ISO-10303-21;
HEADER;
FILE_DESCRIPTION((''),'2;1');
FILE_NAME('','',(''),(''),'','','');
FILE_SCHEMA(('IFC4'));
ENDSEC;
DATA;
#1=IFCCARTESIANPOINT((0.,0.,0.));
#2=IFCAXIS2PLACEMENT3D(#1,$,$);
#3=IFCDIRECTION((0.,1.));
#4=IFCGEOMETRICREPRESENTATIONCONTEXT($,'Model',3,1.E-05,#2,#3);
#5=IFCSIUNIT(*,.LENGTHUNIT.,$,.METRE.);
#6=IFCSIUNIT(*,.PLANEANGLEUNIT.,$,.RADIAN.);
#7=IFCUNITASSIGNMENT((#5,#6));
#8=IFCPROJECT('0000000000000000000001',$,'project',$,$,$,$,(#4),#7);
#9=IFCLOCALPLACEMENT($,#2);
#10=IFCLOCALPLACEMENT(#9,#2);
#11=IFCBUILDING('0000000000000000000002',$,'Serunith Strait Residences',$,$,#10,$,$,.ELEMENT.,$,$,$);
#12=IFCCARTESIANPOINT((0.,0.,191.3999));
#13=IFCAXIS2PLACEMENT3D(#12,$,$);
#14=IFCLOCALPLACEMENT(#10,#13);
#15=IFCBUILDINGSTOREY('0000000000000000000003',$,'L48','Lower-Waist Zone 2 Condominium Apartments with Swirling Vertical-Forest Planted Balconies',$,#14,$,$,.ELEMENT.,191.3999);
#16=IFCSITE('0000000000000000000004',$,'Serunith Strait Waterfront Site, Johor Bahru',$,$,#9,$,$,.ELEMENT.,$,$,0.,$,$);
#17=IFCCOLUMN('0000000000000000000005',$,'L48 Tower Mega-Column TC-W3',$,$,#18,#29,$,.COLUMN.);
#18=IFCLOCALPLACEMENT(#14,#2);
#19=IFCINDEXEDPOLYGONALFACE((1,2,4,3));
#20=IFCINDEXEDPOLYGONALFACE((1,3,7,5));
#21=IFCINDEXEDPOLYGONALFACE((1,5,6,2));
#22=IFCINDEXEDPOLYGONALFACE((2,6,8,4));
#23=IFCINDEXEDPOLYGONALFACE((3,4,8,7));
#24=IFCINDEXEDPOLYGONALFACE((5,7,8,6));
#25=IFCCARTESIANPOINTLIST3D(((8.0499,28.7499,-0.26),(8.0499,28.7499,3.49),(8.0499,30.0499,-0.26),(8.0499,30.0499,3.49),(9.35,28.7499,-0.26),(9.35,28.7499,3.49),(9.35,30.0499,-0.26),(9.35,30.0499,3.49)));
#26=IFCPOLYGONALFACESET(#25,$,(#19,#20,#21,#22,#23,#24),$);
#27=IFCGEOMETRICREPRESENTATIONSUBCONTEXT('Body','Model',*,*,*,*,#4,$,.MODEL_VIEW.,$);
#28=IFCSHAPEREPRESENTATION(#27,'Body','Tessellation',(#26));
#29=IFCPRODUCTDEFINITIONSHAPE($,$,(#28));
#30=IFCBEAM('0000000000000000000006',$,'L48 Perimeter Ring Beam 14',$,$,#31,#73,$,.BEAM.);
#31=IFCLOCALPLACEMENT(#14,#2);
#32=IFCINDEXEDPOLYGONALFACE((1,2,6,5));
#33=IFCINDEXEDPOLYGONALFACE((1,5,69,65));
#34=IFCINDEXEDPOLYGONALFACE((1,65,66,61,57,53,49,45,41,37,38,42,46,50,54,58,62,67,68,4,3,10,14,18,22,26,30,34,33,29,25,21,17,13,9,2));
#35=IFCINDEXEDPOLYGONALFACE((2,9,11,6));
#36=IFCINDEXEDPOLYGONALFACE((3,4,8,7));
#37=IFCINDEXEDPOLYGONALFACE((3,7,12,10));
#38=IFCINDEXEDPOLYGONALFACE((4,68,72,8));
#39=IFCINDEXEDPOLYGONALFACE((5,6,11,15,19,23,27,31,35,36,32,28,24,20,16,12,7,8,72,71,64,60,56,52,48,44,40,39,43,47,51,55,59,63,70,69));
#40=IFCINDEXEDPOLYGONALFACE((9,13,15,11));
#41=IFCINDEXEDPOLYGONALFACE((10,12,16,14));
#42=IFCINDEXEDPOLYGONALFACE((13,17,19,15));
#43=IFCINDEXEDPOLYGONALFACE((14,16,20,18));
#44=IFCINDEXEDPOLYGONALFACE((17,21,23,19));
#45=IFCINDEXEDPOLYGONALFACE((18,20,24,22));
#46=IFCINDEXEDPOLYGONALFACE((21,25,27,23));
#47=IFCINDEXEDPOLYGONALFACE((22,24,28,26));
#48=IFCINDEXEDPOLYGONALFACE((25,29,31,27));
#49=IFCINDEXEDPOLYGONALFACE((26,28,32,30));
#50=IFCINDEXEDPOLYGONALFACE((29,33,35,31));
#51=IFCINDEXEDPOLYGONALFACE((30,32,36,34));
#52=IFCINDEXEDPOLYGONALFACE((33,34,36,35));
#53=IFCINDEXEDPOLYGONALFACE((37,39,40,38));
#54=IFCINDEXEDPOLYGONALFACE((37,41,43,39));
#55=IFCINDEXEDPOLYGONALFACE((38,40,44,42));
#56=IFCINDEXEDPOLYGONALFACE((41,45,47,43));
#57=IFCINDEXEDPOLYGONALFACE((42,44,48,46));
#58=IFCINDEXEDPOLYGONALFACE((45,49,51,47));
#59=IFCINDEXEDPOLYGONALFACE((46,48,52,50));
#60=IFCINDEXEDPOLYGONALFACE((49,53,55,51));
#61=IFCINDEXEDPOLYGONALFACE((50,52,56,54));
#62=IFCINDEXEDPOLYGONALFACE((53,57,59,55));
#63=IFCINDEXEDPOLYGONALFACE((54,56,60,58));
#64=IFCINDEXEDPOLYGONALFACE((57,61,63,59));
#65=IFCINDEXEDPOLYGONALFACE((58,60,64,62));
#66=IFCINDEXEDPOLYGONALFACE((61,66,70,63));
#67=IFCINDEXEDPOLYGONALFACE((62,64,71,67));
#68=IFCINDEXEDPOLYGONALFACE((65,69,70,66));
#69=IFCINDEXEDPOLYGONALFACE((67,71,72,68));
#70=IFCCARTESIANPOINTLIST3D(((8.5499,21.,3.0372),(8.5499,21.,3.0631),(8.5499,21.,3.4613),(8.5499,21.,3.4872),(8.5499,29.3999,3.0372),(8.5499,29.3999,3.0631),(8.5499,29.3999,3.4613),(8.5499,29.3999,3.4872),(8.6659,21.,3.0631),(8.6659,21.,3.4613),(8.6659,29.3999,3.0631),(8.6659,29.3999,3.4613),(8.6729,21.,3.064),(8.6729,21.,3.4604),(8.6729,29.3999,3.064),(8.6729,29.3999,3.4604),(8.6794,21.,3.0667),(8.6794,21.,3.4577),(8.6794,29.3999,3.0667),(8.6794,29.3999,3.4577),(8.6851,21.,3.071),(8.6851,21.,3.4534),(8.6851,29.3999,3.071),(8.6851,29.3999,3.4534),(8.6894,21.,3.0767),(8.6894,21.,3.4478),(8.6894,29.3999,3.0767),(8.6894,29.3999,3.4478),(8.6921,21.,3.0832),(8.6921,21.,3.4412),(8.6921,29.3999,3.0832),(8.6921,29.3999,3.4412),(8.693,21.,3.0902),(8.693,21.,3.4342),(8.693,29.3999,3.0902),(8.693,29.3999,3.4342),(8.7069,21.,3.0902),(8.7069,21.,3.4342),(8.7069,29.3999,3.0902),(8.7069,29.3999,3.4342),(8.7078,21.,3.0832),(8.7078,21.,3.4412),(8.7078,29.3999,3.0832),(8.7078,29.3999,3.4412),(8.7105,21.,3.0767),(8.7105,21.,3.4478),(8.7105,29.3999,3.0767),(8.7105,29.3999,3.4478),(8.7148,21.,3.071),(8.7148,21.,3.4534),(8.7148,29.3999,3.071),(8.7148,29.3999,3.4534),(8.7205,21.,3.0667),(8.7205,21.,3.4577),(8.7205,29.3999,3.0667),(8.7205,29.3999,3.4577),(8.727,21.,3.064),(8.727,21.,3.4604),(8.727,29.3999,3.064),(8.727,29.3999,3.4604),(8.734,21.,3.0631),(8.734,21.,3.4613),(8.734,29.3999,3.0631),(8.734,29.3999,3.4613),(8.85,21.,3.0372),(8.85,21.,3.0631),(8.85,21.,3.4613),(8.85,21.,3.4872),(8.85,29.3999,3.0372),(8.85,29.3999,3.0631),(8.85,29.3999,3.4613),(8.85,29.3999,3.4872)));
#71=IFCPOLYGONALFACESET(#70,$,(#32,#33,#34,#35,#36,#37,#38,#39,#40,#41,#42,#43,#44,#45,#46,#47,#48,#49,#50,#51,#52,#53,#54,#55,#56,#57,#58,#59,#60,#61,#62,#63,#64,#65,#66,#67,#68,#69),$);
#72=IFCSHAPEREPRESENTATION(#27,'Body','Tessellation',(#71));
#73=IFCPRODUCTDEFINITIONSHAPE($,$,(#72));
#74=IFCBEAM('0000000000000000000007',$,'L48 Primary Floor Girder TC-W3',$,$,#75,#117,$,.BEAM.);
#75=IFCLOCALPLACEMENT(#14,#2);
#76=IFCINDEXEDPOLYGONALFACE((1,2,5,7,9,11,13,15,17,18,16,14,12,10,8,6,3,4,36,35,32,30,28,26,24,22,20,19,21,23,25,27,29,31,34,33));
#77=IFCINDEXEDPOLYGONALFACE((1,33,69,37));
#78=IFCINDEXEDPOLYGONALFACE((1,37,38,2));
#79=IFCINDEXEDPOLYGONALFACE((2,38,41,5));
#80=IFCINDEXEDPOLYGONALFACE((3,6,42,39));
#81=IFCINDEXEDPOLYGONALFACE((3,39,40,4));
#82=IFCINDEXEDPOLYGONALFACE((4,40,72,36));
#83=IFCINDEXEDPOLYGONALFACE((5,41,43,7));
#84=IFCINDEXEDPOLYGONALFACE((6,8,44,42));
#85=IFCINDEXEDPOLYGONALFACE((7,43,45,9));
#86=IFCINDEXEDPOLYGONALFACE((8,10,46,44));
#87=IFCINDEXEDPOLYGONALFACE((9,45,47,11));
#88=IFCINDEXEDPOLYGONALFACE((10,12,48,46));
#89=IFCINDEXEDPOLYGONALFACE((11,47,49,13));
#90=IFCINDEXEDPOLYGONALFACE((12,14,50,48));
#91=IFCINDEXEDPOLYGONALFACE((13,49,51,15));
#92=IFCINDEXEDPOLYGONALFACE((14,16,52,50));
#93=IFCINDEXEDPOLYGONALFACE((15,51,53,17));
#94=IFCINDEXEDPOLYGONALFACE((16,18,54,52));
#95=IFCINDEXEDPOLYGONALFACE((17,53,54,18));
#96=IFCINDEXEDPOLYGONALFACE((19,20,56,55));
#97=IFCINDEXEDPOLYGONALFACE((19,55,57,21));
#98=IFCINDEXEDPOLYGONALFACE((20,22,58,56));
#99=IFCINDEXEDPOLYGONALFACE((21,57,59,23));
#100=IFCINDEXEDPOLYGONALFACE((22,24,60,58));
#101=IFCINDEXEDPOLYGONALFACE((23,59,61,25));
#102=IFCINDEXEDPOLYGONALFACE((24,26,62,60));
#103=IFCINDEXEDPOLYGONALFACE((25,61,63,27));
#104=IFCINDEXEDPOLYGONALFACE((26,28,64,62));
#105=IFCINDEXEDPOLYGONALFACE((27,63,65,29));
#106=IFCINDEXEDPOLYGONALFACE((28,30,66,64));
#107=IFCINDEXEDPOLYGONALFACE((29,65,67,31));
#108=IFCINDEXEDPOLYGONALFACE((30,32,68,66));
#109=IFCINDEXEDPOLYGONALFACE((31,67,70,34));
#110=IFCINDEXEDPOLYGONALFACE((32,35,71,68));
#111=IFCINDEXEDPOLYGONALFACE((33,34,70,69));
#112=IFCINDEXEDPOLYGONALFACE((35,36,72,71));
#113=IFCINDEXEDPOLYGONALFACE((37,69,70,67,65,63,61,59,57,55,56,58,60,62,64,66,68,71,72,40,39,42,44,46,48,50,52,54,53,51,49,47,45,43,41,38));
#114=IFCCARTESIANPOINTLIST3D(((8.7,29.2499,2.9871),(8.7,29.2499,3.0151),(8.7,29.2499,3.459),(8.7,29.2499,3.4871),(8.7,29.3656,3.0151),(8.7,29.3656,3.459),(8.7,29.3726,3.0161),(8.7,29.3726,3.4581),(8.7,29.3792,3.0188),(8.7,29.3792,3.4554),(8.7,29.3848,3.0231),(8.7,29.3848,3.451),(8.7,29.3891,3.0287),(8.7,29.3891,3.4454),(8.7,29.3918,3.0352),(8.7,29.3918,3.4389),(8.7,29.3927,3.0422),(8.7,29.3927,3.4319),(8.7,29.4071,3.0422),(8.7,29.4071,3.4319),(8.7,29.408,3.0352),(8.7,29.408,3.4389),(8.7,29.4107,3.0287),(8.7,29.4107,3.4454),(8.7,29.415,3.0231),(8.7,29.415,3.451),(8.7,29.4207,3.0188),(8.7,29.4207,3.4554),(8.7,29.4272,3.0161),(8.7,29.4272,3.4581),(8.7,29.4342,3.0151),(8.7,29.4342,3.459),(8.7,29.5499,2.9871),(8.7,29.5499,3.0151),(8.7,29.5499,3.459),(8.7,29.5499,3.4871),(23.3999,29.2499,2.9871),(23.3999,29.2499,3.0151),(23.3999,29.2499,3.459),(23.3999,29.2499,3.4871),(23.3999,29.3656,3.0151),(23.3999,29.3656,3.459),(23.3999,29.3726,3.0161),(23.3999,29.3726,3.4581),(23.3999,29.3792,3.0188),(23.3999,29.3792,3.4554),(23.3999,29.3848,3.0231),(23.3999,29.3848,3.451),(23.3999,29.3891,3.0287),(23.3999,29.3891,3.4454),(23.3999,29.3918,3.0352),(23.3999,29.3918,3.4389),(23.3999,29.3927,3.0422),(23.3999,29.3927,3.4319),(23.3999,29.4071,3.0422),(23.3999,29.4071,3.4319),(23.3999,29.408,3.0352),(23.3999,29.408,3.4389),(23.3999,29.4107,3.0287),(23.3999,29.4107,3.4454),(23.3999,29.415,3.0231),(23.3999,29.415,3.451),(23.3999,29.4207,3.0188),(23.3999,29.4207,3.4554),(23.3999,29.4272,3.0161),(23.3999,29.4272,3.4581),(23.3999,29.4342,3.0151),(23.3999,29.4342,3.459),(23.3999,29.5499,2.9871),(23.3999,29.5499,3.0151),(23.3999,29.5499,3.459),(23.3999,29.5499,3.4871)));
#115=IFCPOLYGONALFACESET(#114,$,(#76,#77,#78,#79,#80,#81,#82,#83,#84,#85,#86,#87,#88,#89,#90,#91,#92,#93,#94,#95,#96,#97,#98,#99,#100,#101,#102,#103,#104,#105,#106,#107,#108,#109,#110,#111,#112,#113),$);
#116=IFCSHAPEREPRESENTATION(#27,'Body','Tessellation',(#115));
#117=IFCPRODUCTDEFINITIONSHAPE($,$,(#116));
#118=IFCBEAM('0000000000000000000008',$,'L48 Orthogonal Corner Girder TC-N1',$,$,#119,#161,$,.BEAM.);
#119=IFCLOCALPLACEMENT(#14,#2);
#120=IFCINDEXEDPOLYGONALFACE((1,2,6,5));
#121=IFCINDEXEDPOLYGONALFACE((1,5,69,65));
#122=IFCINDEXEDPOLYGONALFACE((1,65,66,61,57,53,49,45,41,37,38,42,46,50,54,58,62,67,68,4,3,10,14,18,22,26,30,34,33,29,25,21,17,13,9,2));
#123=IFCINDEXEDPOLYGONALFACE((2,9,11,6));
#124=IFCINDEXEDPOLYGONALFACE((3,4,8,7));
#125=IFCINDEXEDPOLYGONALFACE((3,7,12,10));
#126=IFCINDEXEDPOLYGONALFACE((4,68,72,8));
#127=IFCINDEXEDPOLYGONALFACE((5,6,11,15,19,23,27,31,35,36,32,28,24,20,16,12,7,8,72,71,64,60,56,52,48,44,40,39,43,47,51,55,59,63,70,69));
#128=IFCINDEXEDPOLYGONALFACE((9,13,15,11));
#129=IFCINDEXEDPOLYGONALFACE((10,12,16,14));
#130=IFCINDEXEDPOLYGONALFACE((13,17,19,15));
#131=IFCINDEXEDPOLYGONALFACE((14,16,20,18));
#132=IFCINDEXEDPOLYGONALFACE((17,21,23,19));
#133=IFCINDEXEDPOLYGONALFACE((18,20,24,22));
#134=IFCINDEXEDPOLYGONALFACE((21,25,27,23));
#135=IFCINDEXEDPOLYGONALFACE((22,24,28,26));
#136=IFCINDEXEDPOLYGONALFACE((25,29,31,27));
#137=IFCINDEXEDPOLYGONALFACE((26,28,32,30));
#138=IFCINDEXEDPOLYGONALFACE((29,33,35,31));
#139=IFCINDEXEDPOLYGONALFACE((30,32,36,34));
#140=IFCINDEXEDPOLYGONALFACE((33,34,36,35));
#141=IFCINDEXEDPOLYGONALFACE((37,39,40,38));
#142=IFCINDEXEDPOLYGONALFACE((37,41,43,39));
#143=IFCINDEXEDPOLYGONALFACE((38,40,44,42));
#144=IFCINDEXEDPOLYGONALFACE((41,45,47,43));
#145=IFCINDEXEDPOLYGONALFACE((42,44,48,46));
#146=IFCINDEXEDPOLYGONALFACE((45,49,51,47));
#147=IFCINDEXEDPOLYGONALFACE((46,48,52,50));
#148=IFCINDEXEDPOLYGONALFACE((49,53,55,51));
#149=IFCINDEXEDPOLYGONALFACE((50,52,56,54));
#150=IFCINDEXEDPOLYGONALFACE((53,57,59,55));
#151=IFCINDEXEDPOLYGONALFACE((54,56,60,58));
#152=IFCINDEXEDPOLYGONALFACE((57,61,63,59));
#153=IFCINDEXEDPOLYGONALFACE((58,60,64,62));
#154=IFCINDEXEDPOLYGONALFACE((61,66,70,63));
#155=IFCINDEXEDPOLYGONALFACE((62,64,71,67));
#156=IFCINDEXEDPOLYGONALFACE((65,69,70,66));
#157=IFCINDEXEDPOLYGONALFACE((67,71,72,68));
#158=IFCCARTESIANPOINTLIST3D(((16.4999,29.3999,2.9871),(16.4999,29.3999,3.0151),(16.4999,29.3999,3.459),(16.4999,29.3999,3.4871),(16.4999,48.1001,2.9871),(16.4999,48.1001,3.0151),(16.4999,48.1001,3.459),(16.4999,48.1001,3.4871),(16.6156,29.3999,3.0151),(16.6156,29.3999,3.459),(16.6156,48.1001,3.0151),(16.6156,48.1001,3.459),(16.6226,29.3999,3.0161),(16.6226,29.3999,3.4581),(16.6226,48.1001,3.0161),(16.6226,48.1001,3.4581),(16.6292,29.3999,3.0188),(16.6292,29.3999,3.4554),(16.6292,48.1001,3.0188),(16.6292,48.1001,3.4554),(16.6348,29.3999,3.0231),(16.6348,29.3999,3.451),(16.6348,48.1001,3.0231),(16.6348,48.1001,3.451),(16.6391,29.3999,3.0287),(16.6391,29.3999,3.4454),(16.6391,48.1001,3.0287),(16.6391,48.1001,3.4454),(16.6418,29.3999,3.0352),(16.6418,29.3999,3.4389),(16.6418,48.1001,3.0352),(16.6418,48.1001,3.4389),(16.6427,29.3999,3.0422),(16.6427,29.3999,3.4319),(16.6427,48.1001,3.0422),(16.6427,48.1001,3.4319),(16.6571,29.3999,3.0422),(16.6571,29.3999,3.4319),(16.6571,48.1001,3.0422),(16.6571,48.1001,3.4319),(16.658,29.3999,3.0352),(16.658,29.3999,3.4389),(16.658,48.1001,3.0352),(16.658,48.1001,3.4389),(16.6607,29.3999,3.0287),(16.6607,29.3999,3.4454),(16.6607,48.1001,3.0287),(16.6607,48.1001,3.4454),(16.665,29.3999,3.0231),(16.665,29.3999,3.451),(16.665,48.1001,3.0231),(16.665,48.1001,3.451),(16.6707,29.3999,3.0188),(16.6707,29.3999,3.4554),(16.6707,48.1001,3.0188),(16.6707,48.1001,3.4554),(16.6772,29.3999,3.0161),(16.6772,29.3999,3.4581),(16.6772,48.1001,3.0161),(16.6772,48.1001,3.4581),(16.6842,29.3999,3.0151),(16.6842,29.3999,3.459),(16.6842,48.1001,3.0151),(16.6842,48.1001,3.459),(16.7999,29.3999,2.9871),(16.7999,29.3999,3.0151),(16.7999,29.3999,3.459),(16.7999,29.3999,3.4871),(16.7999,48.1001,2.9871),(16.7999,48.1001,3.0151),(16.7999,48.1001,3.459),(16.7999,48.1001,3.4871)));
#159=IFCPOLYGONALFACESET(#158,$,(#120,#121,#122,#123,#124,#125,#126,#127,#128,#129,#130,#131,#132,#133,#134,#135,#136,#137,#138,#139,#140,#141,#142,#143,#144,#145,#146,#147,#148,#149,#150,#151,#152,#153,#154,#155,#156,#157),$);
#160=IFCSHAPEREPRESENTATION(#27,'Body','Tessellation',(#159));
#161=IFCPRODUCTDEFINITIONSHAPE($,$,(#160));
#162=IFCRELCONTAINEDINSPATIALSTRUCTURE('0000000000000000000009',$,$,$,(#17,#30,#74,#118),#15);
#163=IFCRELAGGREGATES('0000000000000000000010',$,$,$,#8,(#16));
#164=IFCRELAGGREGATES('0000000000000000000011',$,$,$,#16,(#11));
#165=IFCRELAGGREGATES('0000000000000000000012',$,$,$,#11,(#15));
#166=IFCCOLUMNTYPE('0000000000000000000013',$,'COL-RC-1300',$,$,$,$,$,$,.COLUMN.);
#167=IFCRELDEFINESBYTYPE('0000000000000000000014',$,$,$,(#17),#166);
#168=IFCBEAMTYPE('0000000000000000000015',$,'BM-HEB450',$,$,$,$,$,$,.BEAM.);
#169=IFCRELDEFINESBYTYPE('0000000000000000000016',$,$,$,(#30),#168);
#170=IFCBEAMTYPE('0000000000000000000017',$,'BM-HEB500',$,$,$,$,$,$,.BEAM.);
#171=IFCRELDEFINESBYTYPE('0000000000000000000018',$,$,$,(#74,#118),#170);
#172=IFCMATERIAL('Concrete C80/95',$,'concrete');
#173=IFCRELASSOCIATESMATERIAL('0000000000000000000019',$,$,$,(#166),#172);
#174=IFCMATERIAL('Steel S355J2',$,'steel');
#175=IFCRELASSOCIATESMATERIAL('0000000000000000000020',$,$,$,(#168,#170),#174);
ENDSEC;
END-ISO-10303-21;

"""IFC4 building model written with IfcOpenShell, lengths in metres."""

from ifc_helpers import new_model, si_unit, direction, frame, origin, origin_2d, place, context, subcontext, project, spatial, rectangle, i_section, extrude, source, transform, mapped, material, material_profile, profile_set, type_object, element, save


model = new_model("IFC4")

# Units and contexts
model_context = context("Model", 3, precision=1e-05, world=origin(), true_north=direction((0.0, 1.0)))
body_context = subcontext(model_context, "Body", "Model", "MODEL_VIEW")
ifc_project = project(units=[si_unit("LENGTHUNIT", "METRE"), si_unit("PLANEANGLEUNIT", "RADIAN")], contexts=[model_context])

# Site, building, storey
site_placement = place(None, origin())
site = spatial("IfcSite", under=ifc_project, at=site_placement, Name="Serunith Strait Waterfront Site, Johor Bahru", CompositionType="ELEMENT", RefElevation=0.0)
building_placement = place(site_placement, origin())
building = spatial("IfcBuilding", under=site, at=building_placement, Name="Serunith Strait Residences", CompositionType="ELEMENT")
storey_placement = place(building_placement, frame((0.0, 0.0, 191.3999)))
storey = spatial("IfcBuildingStorey", under=building, at=storey_placement, Name="L48", Description="Lower-Waist Zone 2 Condominium Apartments with Swirling Vertical-Forest Planted Balconies", CompositionType="ELEMENT", Elevation=191.3999)

# Column
ifc_material_1 = material(Name="Concrete C80/95", Category="concrete")
ifc_material_profile_1 = material_profile(ifc_material_1, rectangle(XDim=1.3, YDim=1.3, at=origin_2d()), Name="RC 1300x1300")
ifc_profile_set_1 = profile_set([ifc_material_profile_1], Name="Concrete C80/95")
column_type = type_object("IfcColumnType", Name="COL-RC-1300", PredefinedType="COLUMN", material=ifc_profile_set_1)
shared_shape_1 = source(origin(), body_context, "Body", "SweptSolid", [
    extrude(rectangle(XDim=1.3, YDim=1.3, at=origin_2d()), origin(), (0.0, 0.0, 1.0), 3.75),
])
column_placement = place(storey_placement, frame((8.7, 29.3999, -0.26), z_axis=(0.0, 0.0, 1.0), x_axis=(1.0, 0.0, 0.0)))
element("IfcColumn", 1, at=column_placement, inside=storey, type_object=column_type, Name="L48 Tower Mega-Column TC-W3", PredefinedType="COLUMN", context=body_context, shape_type="MappedRepresentation", body=[
    mapped(shared_shape_1, transform((0.0, 0.0, 0.0), scale=1.0)),
])

# Beams
ifc_material_2 = material(Name="Steel S355J2", Category="steel")
ifc_material_profile_2 = material_profile(ifc_material_2, i_section(OverallWidth=0.3, OverallDepth=0.45, WebThickness=0.0139, FlangeThickness=0.0259, FilletRadius=0.0271, at=origin_2d()), Name="HEB 450")
ifc_profile_set_2 = profile_set([ifc_material_profile_2], Name="Steel S355J2")
beam_type_1 = type_object("IfcBeamType", Name="BM-HEB450", PredefinedType="BEAM", material=ifc_profile_set_2)
shared_shape_2 = source(origin(), body_context, "Body", "SweptSolid", [
    extrude(i_section(OverallWidth=0.3, OverallDepth=0.45, WebThickness=0.0139, FlangeThickness=0.0259, FilletRadius=0.0271, at=origin_2d()), origin(), (0.0, 0.0, 1.0), 8.3999),
])
beam_1_placement = place(storey_placement, frame((8.7, 29.3999, 3.2622), z_axis=(0.0, -1.0, 0.0), x_axis=(1.0, 0.0, 0.0)))
element("IfcBeam", 2, at=beam_1_placement, inside=storey, type_object=beam_type_1, Name="L48 Perimeter Ring Beam 14", PredefinedType="BEAM", context=body_context, shape_type="MappedRepresentation", body=[
    mapped(shared_shape_2, transform((0.0, 0.0, 0.0), scale=1.0)),
])
ifc_material_profile_3 = material_profile(ifc_material_2, i_section(OverallWidth=0.3, OverallDepth=0.5, WebThickness=0.0144, FlangeThickness=0.0281, FilletRadius=0.0271, at=origin_2d()), Name="HEB 500")
ifc_profile_set_3 = profile_set([ifc_material_profile_3], Name="Steel S355J2")
beam_type_2 = type_object("IfcBeamType", Name="BM-HEB500", PredefinedType="BEAM", material=ifc_profile_set_3)
shared_shape_3 = source(origin(), body_context, "Body", "SweptSolid", [
    extrude(i_section(OverallWidth=0.3, OverallDepth=0.5, WebThickness=0.0144, FlangeThickness=0.0281, FilletRadius=0.0271, at=origin_2d()), origin(), (0.0, 0.0, 1.0), 14.7),
])
beam_2_placement = place(storey_placement, frame((23.3999, 29.3999, 3.2371), z_axis=(-1.0, 0.0, 0.0), x_axis=(0.0, -1.0, 0.0)))
element("IfcBeam", 3, at=beam_2_placement, inside=storey, type_object=beam_type_2, Name="L48 Primary Floor Girder TC-W3", PredefinedType="BEAM", context=body_context, shape_type="MappedRepresentation", body=[
    mapped(shared_shape_3, transform((0.0, 0.0, 0.0), scale=1.0)),
])
shared_shape_4 = source(origin(), body_context, "Body", "SweptSolid", [
    extrude(i_section(OverallWidth=0.3, OverallDepth=0.5, WebThickness=0.0144, FlangeThickness=0.0281, FilletRadius=0.0271, at=origin_2d()), origin(), (0.0, 0.0, 1.0), 18.7002),
])
beam_3_placement = place(storey_placement, frame((16.6499, 29.3999, 3.2371), z_axis=(0.0, 1.0, 0.0), x_axis=(-1.0, 0.0, 0.0)))
element("IfcBeam", 4, at=beam_3_placement, inside=storey, type_object=beam_type_2, Name="L48 Orthogonal Corner Girder TC-N1", PredefinedType="BEAM", context=body_context, shape_type="MappedRepresentation", body=[
    mapped(shared_shape_4, transform((0.0, 0.0, 0.0), scale=1.0)),
])

save(model, "model.ifc")
